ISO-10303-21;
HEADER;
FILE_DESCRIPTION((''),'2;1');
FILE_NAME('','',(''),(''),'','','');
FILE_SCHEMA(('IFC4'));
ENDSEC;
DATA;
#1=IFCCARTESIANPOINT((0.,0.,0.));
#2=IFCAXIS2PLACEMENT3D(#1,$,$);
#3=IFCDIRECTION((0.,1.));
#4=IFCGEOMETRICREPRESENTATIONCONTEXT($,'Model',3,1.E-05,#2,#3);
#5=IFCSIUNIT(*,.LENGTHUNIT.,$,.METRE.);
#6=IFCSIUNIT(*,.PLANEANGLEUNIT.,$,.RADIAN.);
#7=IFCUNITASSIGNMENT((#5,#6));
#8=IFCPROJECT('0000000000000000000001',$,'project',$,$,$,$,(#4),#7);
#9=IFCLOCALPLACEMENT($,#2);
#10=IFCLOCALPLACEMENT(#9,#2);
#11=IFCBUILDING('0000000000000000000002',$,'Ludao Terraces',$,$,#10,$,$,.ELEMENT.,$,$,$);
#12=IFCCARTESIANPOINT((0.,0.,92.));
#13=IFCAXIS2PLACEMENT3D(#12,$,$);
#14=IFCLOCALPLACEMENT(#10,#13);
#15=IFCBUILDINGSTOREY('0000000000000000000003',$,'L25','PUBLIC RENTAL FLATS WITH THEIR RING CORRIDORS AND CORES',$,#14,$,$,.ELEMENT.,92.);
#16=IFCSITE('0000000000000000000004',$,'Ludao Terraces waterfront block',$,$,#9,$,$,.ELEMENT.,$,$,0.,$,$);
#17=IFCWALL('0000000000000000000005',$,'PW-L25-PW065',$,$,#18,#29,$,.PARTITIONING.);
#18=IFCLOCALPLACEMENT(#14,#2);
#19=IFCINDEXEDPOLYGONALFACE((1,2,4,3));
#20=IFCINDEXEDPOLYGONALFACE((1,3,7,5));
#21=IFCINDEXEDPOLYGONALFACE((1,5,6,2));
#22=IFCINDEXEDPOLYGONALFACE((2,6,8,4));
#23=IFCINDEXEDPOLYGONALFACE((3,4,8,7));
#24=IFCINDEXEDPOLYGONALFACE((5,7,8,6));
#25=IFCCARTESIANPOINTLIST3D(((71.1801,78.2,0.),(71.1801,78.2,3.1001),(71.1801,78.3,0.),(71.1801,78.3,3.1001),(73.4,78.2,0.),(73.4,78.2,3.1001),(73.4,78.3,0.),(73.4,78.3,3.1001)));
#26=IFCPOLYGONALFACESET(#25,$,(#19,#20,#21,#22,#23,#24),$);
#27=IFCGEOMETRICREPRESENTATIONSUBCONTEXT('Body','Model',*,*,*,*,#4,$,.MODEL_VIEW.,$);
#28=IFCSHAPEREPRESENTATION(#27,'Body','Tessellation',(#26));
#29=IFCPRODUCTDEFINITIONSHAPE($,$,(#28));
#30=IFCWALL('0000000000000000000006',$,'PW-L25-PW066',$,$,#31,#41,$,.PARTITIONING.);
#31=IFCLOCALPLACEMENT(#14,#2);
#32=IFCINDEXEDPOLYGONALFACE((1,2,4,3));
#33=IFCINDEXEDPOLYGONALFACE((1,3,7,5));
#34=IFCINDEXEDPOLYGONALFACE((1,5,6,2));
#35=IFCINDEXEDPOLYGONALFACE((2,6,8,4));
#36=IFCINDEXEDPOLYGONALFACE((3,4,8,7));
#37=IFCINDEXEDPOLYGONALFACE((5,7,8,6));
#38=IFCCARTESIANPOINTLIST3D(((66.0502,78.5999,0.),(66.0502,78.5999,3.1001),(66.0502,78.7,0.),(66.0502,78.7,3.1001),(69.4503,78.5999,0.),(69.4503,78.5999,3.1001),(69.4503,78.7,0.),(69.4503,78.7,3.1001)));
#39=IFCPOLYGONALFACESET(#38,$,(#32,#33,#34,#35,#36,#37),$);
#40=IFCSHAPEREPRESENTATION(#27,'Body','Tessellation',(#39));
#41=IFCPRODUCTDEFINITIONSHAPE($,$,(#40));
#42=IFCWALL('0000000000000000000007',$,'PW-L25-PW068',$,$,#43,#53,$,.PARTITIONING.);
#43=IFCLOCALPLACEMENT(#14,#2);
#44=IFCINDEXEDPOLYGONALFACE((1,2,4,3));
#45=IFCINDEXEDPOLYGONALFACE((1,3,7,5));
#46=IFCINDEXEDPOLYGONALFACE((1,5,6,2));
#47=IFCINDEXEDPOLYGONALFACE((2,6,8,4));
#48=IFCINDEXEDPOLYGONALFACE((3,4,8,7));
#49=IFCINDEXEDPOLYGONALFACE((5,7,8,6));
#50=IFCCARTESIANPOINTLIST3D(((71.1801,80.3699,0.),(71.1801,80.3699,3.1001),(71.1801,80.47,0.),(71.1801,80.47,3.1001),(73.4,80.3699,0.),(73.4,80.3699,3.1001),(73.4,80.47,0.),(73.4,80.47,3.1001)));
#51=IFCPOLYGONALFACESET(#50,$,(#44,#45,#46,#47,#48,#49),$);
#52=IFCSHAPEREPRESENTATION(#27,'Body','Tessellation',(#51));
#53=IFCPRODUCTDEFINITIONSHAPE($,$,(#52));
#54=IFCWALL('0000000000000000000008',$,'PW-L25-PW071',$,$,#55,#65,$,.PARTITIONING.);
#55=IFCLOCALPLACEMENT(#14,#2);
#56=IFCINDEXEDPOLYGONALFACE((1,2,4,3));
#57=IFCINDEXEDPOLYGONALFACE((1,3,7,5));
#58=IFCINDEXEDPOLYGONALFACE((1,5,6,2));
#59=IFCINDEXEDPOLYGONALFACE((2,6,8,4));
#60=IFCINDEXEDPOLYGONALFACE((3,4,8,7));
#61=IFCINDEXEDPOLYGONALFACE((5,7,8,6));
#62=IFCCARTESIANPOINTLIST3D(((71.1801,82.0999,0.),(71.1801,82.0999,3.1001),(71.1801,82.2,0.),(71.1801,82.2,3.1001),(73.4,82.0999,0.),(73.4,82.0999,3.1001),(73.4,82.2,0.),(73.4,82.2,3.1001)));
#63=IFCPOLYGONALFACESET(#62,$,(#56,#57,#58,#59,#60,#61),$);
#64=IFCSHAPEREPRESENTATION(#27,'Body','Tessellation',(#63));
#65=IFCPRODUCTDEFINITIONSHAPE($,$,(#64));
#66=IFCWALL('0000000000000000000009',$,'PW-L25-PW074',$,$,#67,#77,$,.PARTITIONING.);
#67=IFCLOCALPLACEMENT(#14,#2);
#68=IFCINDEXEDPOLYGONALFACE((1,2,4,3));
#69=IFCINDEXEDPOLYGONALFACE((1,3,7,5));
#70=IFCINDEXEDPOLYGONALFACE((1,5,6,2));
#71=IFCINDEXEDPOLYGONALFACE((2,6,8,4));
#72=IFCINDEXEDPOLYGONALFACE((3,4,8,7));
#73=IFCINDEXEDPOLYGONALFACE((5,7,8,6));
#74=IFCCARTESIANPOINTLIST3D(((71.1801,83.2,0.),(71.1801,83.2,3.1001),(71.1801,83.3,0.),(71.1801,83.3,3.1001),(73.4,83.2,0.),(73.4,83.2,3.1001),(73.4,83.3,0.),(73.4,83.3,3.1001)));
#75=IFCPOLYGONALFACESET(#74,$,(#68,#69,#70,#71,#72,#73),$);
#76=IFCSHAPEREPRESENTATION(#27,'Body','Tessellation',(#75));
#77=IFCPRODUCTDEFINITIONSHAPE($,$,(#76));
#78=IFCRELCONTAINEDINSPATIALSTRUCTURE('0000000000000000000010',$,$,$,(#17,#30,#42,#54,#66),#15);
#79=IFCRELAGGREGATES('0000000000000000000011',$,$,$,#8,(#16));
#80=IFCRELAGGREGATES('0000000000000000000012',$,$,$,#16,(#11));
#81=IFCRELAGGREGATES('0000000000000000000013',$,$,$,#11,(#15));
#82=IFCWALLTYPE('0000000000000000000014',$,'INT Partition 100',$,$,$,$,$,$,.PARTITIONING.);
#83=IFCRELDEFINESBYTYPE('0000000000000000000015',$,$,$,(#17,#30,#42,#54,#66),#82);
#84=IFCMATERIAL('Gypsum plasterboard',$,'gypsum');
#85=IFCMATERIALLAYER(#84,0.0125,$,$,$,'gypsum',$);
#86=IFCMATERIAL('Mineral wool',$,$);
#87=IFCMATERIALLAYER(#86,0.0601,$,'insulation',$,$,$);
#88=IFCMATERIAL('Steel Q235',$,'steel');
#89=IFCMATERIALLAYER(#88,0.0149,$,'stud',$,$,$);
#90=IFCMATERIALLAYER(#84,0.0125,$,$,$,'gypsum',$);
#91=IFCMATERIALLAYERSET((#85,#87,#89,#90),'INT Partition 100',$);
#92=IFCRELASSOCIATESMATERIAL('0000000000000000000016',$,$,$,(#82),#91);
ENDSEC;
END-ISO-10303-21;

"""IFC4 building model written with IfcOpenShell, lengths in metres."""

from ifc_helpers import new_model, si_unit, direction, frame, frame_2d, origin, place, context, subcontext, project, spatial, rectangle, extrude, material, layer, layer_set, type_object, element, save


model = new_model("IFC4")

# Units and contexts
model_context = context("Model", 3, precision=1e-05, world=origin(), true_north=direction((0.0, 1.0)))
body_context = subcontext(model_context, "Body", "Model", "MODEL_VIEW")
ifc_project = project(units=[si_unit("LENGTHUNIT", "METRE"), si_unit("PLANEANGLEUNIT", "RADIAN")], contexts=[model_context])

# Site, building, storey
site_placement = place(None, origin())
site = spatial("IfcSite", under=ifc_project, at=site_placement, Name="Ludao Terraces waterfront block", CompositionType="ELEMENT", RefElevation=0.0)
building_placement = place(site_placement, origin())
building = spatial("IfcBuilding", under=site, at=building_placement, Name="Ludao Terraces", CompositionType="ELEMENT")
storey_placement = place(building_placement, frame((0.0, 0.0, 92.0)))
storey = spatial("IfcBuildingStorey", under=building, at=storey_placement, Name="L25", Description="PUBLIC RENTAL FLATS WITH THEIR RING CORRIDORS AND CORES", CompositionType="ELEMENT", Elevation=92.0)

# Shared definitions
ifc_material_1 = material(Name="Mineral wool")

# Walls
ifc_material_2 = material(Name="Gypsum plasterboard", Category="gypsum")
ifc_layer_1 = layer(ifc_material_2, 0.0125, Category="gypsum")
ifc_layer_2 = layer(ifc_material_1, 0.0601, Name="insulation")
ifc_material_3 = material(Name="Steel Q235", Category="steel")
ifc_layer_3 = layer(ifc_material_3, 0.0149, Name="stud")
ifc_layer_4 = layer(ifc_material_2, 0.0125, Category="gypsum")
ifc_layer_set_1 = layer_set([ifc_layer_1, ifc_layer_2, ifc_layer_3, ifc_layer_4], Name="INT Partition 100")
wall_type_1 = type_object("IfcWallType", Name="INT Partition 100", PredefinedType="PARTITIONING", material=ifc_layer_set_1)
wall_1_placement = place(storey_placement, frame((71.1802, 78.25, 0.0), z_axis=(0.0, 0.0, 1.0), x_axis=(1.0, 0.0, 0.0)))
element("IfcWall", 1, at=wall_1_placement, inside=storey, type_object=wall_type_1, Name="PW-L25-PW065", PredefinedType="PARTITIONING", context=body_context, shape_type="SweptSolid", body=[
    extrude(rectangle(XDim=2.22, YDim=0.1001, at=frame_2d((1.1099, 0.0))), origin(), (0.0, 0.0, 1.0), 3.1001),
])
wall_2_placement = place(storey_placement, frame((66.05, 78.6499, 0.0), z_axis=(0.0, 0.0, 1.0), x_axis=(1.0, 0.0, 0.0)))
element("IfcWall", 2, at=wall_2_placement, inside=storey, type_object=wall_type_1, Name="PW-L25-PW066", PredefinedType="PARTITIONING", context=body_context, shape_type="SweptSolid", body=[
    extrude(rectangle(XDim=3.4001, YDim=0.1001, at=frame_2d((1.7002, 0.0))), origin(), (0.0, 0.0, 1.0), 3.1001),
])
for number, where, z_axis, x_axis, name in (
    (3, (71.1802, 80.4199, 0.0), (0.0, 0.0, 1.0), (1.0, 0.0, 0.0), "PW-L25-PW068"),
    (4, (71.1802, 82.1499, 0.0), (0.0, 0.0, 1.0), (1.0, 0.0, 0.0), "PW-L25-PW071"),
    (5, (71.1802, 83.25, 0.0), (0.0, 0.0, 1.0), (1.0, 0.0, 0.0), "PW-L25-PW074"),
):
    element("IfcWall", number, at=place(storey_placement, frame(where, z_axis=z_axis, x_axis=x_axis)), inside=storey, type_object=wall_type_1, Name=name, PredefinedType="PARTITIONING", context=body_context, shape_type="SweptSolid", body=[
        extrude(rectangle(XDim=2.22, YDim=0.1001, at=frame_2d((1.1099, 0.0))), origin(), (0.0, 0.0, 1.0), 3.1001),
    ])

save(model, "model.ifc")
